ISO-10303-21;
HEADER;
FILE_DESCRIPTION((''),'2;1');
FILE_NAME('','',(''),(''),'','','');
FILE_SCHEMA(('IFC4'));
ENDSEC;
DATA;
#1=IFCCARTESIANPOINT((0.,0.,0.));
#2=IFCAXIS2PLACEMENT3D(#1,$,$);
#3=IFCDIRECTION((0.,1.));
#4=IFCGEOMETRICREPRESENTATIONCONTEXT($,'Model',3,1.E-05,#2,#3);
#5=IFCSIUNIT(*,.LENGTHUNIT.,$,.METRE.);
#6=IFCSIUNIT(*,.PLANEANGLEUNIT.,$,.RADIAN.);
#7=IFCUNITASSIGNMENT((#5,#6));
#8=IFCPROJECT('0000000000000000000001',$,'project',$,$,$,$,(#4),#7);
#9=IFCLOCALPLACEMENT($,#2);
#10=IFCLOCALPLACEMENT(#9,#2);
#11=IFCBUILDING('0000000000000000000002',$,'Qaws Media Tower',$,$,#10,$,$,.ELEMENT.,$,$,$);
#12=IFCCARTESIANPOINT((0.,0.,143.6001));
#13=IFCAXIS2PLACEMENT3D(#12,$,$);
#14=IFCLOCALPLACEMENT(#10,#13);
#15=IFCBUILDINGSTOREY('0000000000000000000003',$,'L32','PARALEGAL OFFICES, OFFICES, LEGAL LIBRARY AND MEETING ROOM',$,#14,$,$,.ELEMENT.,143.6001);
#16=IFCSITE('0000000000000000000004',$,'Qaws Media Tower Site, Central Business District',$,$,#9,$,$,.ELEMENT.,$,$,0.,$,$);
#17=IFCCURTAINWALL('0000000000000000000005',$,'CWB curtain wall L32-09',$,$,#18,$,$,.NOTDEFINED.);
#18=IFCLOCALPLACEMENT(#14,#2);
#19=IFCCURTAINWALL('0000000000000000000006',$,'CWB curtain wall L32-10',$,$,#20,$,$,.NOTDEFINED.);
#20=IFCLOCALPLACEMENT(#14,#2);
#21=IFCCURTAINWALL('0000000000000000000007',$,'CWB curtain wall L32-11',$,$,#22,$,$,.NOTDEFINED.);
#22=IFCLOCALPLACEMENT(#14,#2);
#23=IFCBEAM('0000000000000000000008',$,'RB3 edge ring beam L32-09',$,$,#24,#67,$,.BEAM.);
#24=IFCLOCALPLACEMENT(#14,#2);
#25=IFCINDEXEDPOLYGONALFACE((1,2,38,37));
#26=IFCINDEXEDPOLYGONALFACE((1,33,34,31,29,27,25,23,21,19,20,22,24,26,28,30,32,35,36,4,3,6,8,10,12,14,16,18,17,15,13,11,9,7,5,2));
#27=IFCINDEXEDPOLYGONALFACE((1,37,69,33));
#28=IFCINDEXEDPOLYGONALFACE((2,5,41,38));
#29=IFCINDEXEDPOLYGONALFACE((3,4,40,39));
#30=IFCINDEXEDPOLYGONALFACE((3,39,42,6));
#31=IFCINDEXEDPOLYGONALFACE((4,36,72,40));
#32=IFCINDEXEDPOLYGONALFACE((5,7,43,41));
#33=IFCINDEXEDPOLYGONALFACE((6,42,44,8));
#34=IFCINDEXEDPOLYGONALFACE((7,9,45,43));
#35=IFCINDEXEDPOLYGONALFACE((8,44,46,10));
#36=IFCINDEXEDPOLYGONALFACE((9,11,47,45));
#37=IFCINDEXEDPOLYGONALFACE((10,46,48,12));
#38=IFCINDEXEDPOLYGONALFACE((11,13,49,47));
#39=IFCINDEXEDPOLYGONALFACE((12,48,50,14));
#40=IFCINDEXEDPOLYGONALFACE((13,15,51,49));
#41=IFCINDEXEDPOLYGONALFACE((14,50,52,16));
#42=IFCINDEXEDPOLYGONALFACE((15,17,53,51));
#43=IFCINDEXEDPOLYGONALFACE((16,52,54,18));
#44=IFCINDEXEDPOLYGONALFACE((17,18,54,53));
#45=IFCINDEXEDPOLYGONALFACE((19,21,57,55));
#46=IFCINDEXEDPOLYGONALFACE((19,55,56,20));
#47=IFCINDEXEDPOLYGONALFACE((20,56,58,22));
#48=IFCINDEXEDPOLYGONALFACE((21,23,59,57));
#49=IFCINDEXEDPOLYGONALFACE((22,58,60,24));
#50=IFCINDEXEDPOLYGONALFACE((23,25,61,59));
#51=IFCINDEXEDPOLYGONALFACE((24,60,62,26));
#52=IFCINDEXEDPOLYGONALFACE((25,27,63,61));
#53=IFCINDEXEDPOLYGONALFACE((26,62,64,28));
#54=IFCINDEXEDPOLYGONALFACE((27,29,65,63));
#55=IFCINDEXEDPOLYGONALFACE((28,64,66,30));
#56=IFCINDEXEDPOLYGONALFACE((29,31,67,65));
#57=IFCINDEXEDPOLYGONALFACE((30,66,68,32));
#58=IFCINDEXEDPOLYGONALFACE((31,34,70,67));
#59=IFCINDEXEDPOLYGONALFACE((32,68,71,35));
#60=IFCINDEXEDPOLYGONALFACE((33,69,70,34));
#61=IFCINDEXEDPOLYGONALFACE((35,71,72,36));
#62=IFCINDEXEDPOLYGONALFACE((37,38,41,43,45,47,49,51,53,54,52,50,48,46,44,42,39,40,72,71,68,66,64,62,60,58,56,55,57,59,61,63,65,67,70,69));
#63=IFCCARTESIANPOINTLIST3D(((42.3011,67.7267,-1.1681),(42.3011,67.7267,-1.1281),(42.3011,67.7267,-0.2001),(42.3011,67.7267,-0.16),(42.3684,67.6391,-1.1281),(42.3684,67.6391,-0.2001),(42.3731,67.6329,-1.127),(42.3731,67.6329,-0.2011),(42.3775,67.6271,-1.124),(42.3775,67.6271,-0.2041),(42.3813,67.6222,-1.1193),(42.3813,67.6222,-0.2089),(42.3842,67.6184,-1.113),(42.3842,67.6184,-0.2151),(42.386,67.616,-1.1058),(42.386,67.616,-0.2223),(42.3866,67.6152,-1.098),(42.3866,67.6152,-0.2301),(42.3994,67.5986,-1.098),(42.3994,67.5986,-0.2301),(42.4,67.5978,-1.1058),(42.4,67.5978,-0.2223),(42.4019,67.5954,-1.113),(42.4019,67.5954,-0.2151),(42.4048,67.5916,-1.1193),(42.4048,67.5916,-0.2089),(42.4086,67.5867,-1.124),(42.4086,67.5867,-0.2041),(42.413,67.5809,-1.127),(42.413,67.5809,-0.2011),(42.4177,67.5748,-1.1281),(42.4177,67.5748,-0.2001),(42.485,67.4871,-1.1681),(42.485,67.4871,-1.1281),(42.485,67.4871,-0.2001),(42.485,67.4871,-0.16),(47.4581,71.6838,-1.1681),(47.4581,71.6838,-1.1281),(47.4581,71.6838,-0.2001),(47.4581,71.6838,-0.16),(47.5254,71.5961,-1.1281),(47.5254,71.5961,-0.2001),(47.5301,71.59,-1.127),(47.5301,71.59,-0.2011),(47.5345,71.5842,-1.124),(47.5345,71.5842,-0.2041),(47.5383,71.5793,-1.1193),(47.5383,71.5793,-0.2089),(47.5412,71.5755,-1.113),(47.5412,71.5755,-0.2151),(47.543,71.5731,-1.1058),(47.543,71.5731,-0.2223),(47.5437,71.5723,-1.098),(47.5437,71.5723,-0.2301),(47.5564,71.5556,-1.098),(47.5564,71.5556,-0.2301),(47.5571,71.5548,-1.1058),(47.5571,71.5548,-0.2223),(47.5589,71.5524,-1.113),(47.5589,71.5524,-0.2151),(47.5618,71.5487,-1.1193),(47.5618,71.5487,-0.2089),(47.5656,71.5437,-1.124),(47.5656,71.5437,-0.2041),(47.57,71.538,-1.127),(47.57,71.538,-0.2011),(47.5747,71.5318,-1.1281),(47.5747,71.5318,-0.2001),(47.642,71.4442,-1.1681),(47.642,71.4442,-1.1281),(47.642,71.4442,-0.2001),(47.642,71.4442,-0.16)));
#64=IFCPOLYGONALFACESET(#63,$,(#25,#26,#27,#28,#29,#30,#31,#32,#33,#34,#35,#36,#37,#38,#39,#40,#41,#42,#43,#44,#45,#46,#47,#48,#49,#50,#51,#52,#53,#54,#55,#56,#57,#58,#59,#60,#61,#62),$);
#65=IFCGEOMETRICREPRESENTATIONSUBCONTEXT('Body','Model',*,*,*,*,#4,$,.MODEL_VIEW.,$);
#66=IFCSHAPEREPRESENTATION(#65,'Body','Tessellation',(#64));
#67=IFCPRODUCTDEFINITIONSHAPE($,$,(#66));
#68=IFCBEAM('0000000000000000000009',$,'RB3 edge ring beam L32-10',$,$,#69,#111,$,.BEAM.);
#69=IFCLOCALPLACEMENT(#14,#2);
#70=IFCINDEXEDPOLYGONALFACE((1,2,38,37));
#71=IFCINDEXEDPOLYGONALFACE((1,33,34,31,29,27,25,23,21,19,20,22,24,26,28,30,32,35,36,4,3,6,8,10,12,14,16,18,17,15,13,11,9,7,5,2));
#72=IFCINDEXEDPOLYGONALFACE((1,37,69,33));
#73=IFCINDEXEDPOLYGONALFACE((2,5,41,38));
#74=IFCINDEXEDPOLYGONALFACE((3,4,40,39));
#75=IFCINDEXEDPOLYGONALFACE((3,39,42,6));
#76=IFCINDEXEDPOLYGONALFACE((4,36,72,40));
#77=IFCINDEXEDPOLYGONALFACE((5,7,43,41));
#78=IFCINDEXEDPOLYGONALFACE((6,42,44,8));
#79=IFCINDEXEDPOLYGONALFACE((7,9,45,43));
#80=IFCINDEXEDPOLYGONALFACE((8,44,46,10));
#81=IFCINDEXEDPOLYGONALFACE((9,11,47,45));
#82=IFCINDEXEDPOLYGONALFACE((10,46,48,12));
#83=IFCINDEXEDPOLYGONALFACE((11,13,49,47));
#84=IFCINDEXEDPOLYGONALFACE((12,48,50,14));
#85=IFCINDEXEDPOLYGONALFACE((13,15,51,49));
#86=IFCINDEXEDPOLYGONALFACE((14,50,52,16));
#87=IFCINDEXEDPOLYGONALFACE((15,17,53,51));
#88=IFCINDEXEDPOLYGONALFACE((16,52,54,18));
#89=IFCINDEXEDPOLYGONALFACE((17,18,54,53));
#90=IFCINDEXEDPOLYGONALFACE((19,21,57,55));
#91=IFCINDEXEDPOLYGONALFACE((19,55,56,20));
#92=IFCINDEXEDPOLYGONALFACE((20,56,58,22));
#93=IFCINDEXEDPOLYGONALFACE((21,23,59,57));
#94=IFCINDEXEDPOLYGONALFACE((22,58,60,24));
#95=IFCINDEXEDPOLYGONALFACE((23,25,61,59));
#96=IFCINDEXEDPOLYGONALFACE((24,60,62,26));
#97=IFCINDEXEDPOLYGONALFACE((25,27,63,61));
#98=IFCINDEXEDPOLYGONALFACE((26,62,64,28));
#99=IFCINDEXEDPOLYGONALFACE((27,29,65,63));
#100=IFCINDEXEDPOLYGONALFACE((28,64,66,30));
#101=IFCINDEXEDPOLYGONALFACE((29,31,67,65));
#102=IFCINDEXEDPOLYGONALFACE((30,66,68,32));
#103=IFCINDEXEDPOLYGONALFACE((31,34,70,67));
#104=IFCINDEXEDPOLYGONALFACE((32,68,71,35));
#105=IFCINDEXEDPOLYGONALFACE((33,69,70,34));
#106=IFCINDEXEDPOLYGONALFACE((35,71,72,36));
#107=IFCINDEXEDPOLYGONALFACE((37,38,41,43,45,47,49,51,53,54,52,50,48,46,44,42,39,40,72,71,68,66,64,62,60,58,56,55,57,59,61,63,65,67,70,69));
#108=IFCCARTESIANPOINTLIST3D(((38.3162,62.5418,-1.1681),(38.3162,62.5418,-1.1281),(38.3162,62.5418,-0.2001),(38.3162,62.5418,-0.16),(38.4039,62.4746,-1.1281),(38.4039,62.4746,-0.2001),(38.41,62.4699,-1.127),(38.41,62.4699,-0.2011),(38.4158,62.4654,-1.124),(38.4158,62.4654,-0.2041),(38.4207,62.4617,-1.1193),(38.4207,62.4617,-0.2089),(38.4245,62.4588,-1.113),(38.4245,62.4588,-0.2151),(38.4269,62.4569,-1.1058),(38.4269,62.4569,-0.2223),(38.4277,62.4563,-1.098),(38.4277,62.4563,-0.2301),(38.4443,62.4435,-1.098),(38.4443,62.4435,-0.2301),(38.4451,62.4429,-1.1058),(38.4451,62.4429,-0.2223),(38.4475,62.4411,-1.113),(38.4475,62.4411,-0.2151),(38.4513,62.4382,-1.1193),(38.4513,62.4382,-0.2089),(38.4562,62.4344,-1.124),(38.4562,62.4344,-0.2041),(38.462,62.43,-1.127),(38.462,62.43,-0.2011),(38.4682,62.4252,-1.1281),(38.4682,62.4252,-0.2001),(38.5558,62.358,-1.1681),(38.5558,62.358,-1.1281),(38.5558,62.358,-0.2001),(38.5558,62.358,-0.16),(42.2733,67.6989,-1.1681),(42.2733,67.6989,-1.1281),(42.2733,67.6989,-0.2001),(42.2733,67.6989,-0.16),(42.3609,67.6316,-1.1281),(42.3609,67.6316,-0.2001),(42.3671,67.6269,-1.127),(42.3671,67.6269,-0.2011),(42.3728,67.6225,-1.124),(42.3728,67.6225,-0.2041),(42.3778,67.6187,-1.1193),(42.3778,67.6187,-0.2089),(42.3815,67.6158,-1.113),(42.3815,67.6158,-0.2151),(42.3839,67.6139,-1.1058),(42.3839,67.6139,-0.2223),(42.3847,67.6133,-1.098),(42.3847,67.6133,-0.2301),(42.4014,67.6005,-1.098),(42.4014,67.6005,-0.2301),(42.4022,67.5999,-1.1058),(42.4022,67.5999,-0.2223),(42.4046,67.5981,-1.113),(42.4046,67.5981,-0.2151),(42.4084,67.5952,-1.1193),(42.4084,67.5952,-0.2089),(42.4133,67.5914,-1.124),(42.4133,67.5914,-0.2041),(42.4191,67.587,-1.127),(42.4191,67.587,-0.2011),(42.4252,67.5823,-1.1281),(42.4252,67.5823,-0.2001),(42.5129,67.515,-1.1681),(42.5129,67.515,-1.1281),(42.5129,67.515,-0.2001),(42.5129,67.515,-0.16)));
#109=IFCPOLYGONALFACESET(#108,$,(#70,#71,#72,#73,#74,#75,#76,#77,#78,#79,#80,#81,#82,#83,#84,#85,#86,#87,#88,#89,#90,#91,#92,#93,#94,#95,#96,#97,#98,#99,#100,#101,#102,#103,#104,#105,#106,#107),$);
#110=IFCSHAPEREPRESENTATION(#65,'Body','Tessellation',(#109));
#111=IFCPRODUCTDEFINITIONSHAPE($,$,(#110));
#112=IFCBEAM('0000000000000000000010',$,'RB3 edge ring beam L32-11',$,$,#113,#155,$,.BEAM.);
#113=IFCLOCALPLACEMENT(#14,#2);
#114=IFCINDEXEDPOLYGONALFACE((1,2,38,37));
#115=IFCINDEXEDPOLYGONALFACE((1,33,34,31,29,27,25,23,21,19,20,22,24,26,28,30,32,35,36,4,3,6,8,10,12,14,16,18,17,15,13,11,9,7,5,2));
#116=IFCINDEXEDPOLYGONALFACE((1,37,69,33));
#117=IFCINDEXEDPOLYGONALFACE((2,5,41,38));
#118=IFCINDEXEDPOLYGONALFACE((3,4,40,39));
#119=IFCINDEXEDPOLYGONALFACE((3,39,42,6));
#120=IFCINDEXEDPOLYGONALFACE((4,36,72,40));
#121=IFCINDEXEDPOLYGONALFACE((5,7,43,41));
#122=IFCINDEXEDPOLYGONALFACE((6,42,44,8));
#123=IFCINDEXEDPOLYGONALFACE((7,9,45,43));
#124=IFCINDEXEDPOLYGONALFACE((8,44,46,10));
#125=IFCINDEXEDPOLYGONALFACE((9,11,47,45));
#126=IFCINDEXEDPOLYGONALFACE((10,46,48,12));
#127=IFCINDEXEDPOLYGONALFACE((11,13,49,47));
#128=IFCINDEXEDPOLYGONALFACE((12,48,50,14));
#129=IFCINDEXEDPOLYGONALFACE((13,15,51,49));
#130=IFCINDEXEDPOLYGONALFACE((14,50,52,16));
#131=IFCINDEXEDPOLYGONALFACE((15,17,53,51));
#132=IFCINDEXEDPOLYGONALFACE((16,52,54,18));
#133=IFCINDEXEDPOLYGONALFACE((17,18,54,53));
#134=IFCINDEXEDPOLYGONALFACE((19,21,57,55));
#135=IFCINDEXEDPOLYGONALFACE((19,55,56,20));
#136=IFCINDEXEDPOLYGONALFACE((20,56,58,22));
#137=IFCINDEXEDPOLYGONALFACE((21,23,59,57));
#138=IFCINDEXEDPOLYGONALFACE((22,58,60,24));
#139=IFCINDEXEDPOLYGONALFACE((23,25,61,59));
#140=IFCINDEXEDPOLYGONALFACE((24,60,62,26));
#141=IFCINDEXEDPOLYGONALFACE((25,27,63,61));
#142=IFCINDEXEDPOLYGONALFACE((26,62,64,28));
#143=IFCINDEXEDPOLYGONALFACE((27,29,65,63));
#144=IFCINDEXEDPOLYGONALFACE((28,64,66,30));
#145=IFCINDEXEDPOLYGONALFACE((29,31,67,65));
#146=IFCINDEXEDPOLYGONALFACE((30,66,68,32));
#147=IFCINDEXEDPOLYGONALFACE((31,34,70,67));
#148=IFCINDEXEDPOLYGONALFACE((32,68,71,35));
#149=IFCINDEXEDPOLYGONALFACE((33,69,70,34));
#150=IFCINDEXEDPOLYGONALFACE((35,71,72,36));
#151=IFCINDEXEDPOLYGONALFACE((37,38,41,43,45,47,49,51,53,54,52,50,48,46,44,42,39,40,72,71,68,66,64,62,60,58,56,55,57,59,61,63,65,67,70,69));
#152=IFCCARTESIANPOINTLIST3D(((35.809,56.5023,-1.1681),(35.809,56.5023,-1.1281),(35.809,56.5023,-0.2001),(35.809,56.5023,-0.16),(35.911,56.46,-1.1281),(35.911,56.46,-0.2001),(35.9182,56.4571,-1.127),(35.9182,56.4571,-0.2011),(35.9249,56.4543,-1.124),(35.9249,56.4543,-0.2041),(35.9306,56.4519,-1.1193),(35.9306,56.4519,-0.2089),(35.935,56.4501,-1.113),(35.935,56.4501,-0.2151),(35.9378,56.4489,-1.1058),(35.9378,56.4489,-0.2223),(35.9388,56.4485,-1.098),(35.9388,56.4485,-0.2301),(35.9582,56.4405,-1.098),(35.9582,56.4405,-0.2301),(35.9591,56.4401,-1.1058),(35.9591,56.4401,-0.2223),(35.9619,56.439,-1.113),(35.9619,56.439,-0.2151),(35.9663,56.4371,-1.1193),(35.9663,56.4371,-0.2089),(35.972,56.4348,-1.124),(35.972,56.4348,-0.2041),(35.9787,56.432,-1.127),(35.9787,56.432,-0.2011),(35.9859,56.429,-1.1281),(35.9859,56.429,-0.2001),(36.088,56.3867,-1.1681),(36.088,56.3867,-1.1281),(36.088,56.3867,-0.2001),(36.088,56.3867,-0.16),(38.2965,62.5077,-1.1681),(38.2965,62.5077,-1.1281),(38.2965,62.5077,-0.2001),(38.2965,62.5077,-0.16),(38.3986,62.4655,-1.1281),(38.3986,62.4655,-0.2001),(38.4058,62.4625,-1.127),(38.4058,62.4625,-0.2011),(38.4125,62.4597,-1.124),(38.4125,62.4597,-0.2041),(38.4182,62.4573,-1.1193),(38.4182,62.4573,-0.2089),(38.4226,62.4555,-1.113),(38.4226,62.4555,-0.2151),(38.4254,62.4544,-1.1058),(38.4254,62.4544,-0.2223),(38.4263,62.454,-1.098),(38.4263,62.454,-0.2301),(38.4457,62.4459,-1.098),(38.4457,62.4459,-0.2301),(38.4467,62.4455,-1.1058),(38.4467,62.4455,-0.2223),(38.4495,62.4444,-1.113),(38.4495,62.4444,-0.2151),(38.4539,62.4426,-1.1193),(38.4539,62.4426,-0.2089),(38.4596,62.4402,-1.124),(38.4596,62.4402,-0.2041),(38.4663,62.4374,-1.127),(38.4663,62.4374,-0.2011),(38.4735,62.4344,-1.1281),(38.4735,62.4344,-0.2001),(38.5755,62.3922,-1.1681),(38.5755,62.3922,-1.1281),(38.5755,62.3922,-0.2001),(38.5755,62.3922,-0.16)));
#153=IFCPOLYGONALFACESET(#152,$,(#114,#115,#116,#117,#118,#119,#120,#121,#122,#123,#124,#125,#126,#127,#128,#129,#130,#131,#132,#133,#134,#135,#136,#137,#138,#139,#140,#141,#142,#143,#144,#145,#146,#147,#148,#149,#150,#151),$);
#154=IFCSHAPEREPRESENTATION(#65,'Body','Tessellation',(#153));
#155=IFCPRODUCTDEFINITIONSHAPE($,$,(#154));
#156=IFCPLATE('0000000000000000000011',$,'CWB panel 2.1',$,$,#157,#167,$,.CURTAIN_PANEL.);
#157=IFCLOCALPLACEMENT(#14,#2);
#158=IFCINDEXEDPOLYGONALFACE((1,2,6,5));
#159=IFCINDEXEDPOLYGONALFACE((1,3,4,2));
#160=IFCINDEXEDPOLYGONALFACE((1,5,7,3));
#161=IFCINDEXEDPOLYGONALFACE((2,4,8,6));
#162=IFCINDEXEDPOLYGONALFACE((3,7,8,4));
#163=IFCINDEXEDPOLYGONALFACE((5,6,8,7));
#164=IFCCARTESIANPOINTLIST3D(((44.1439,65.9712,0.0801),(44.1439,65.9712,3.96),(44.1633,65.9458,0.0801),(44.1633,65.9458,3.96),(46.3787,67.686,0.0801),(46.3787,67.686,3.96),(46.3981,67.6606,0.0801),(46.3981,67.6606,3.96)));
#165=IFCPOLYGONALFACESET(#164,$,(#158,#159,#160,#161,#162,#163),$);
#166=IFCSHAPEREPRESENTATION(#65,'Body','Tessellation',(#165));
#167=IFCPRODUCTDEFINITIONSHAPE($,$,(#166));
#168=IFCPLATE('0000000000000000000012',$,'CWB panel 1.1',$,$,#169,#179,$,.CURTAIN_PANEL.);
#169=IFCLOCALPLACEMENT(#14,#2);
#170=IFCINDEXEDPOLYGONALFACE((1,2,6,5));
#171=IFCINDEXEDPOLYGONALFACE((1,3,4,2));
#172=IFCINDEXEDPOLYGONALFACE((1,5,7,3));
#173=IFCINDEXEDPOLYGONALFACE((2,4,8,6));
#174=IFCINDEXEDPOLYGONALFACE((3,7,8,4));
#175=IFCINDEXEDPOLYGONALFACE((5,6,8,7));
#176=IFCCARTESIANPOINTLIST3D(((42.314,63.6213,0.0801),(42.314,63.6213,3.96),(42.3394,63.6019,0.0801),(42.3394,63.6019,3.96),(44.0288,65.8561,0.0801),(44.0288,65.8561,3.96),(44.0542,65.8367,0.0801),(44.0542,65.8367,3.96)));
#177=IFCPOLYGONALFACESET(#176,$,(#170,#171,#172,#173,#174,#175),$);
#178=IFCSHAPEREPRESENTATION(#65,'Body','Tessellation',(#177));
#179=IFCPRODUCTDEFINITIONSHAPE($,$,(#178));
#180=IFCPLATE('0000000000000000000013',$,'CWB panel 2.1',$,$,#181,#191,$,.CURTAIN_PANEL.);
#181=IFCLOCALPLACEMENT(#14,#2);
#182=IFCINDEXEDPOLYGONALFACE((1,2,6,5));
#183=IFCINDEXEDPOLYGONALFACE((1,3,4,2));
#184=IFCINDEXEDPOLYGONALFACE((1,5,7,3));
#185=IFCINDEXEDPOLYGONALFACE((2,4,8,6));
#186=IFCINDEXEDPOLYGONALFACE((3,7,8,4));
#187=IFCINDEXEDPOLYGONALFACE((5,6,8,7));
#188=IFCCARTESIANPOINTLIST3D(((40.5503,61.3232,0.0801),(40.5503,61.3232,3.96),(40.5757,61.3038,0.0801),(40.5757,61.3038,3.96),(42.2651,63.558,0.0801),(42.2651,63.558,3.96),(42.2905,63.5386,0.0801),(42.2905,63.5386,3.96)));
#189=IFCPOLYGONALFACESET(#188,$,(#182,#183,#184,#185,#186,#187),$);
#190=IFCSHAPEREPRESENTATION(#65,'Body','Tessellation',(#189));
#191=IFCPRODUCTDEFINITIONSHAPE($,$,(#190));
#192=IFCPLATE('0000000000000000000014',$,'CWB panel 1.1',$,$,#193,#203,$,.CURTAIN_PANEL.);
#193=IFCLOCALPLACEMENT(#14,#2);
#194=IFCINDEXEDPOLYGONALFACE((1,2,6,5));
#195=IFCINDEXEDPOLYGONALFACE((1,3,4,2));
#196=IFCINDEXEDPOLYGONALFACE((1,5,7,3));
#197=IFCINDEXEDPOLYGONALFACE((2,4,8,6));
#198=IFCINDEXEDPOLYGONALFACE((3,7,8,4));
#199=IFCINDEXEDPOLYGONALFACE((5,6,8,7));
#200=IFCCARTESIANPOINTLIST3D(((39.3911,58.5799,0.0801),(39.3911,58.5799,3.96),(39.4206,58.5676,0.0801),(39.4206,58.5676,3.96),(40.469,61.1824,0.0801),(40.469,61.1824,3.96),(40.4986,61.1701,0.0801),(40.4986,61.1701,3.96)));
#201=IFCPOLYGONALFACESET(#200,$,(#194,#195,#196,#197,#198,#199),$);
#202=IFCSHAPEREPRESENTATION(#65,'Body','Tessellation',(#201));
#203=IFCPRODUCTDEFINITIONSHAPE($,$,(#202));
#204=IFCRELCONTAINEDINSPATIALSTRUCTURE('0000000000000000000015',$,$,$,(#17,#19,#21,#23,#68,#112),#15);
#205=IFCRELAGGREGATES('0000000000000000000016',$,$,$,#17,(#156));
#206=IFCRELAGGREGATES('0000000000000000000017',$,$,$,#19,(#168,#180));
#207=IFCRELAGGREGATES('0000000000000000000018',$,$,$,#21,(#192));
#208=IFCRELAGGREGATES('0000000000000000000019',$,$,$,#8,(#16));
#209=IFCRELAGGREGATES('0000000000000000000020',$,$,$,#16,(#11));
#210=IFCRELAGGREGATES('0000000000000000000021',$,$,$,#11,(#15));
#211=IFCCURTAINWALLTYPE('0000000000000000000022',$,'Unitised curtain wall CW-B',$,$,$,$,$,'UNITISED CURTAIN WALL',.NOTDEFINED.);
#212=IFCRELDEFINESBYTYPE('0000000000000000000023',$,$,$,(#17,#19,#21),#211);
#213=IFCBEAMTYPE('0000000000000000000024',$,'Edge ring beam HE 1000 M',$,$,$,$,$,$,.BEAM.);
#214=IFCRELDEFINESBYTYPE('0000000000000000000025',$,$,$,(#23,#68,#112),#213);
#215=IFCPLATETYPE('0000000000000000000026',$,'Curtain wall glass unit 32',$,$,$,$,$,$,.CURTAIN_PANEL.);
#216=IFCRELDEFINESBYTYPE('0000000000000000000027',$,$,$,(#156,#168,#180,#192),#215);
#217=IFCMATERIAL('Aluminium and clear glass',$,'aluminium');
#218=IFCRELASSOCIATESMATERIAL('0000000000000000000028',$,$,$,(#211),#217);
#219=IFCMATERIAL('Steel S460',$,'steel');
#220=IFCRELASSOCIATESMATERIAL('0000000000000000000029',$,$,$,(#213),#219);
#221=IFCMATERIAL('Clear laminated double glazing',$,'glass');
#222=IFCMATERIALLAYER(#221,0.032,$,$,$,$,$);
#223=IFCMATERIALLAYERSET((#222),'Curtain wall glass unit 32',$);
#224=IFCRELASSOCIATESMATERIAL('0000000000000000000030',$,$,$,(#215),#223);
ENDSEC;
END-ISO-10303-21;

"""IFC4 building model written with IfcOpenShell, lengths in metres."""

from ifc_helpers import new_model, si_unit, direction, frame, origin, origin_2d, place, context, subcontext, project, spatial, rectangle, i_section, extrude, material, layer, layer_set, material_profile, profile_set, type_object, element, aggregate, save


model = new_model("IFC4")

# Units and contexts
model_context = context("Model", 3, precision=1e-05, world=origin(), true_north=direction((0.0, 1.0)))
body_context = subcontext(model_context, "Body", "Model", "MODEL_VIEW")
ifc_project = project(units=[si_unit("LENGTHUNIT", "METRE"), si_unit("PLANEANGLEUNIT", "RADIAN")], contexts=[model_context])

# Site, building, storey
site_placement = place(None, origin())
site = spatial("IfcSite", under=ifc_project, at=site_placement, Name="Qaws Media Tower Site, Central Business District", CompositionType="ELEMENT", RefElevation=0.0)
building_placement = place(site_placement, origin())
building = spatial("IfcBuilding", under=site, at=building_placement, Name="Qaws Media Tower", CompositionType="ELEMENT")
storey_placement = place(building_placement, frame((0.0, 0.0, 143.6001)))
storey = spatial("IfcBuildingStorey", under=building, at=storey_placement, Name="L32", Description="PARALEGAL OFFICES, OFFICES, LEGAL LIBRARY AND MEETING ROOM", CompositionType="ELEMENT", Elevation=143.6001)

# Curtain walls
ifc_material_1 = material(Name="Aluminium and clear glass", Category="aluminium")
curtain_wall_type = type_object("IfcCurtainWallType", Name="Unitised curtain wall CW-B", ElementType="UNITISED CURTAIN WALL", PredefinedType="NOTDEFINED", material=ifc_material_1)
curtain_wall_1_placement = place(storey_placement, origin())
curtain_wall_1 = element("IfcCurtainWall", 1, at=curtain_wall_1_placement, inside=storey, type_object=curtain_wall_type, Name="CWB curtain wall L32-09", PredefinedType="NOTDEFINED")
curtain_wall_2_placement = place(storey_placement, origin())
curtain_wall_2 = element("IfcCurtainWall", 2, at=curtain_wall_2_placement, inside=storey, type_object=curtain_wall_type, Name="CWB curtain wall L32-10", PredefinedType="NOTDEFINED")
curtain_wall_3_placement = place(storey_placement, origin())
curtain_wall_3 = element("IfcCurtainWall", 3, at=curtain_wall_3_placement, inside=storey, type_object=curtain_wall_type, Name="CWB curtain wall L32-11", PredefinedType="NOTDEFINED")

# Beams
ifc_material_2 = material(Name="Steel S460", Category="steel")
ifc_material_profile_1 = material_profile(ifc_material_2, i_section(OverallWidth=0.302, OverallDepth=1.0081, WebThickness=0.021, FlangeThickness=0.04, FilletRadius=0.03, at=origin_2d()), Name="HE 1000 M")
ifc_profile_set_1 = profile_set([ifc_material_profile_1], Name="Steel S460")
beam_type = type_object("IfcBeamType", Name="Edge ring beam HE 1000 M", PredefinedType="BEAM", material=ifc_profile_set_1)
for number, where, z_axis, x_axis, name in (
    (4, (47.55, 71.564, -0.6641), (-0.793358, -0.608756, 0.0), (0.608756, -0.793358, 0.0), "RB3 edge ring beam L32-09"),
    (5, (42.3931, 67.6069, -0.6641), (-0.608756, -0.793358, 0.0), (0.793358, -0.608756, 0.0), "RB3 edge ring beam L32-10"),
    (6, (38.436, 62.45, -0.6641), (-0.382689, -0.923877, 0.0), (0.923877, -0.382689, 0.0), "RB3 edge ring beam L32-11"),
):
    element("IfcBeam", number, at=place(storey_placement, frame(where, z_axis=z_axis, x_axis=x_axis)), inside=storey, type_object=beam_type, Name=name, PredefinedType="BEAM", context=body_context, shape_type="SweptSolid", body=[
        extrude(i_section(OverallWidth=0.302, OverallDepth=1.0081, WebThickness=0.021, FlangeThickness=0.04, FilletRadius=0.03, at=origin_2d()), origin(), (0.0, 0.0, 1.0), 6.5002),
    ])

# Plates
ifc_material_3 = material(Name="Clear laminated double glazing", Category="glass")
ifc_layer_1 = layer(ifc_material_3, 0.032)
ifc_layer_set_1 = layer_set([ifc_layer_1], Name="Curtain wall glass unit 32")
plate_type_1 = type_object("IfcPlateType", Name="Curtain wall glass unit 32", PredefinedType="CURTAIN_PANEL", material=ifc_layer_set_1)
plate_1_placement = place(storey_placement, frame((45.271, 66.8159, 0.0801), z_axis=(0.0, 0.0, 1.0), x_axis=(-0.793353, -0.608761, 0.0)))
plate_1 = element("IfcPlate", 7, at=plate_1_placement, type_object=plate_type_1, Name="CWB panel 2.1", PredefinedType="CURTAIN_PANEL", context=body_context, shape_type="SweptSolid", body=[
    extrude(rectangle(XDim=2.8169, YDim=0.032, at=origin_2d()), origin(), (0.0, 0.0, 1.0), 3.8799),
])
aggregate(curtain_wall_1, [plate_1])
plate_2_placement = place(storey_placement, frame((43.1841, 64.729, 0.0801), z_axis=(0.0, 0.0, 1.0), x_axis=(-0.608761, -0.793353, 0.0)))
plate_2 = element("IfcPlate", 8, at=plate_2_placement, type_object=plate_type_1, Name="CWB panel 1.1", PredefinedType="CURTAIN_PANEL", context=body_context, shape_type="SweptSolid", body=[
    extrude(rectangle(XDim=2.8169, YDim=0.032, at=origin_2d()), origin(), (0.0, 0.0, 1.0), 3.8799),
])
plate_3_placement = place(storey_placement, frame((41.4204, 62.4309, 0.0801), z_axis=(0.0, 0.0, 1.0), x_axis=(-0.608761, -0.793353, 0.0)))
plate_3 = element("IfcPlate", 9, at=plate_3_placement, type_object=plate_type_1, Name="CWB panel 2.1", PredefinedType="CURTAIN_PANEL", context=body_context, shape_type="SweptSolid", body=[
    extrude(rectangle(XDim=2.8169, YDim=0.032, at=origin_2d()), origin(), (0.0, 0.0, 1.0), 3.8799),
])
aggregate(curtain_wall_2, [plate_2, plate_3])
plate_4_placement = place(storey_placement, frame((39.9448, 59.875, 0.0801), z_axis=(0.0, 0.0, 1.0), x_axis=(-0.382683, -0.92388, 0.0)))
plate_4 = element("IfcPlate", 10, at=plate_4_placement, type_object=plate_type_1, Name="CWB panel 1.1", PredefinedType="CURTAIN_PANEL", context=body_context, shape_type="SweptSolid", body=[
    extrude(rectangle(XDim=2.8169, YDim=0.032, at=origin_2d()), origin(), (0.0, 0.0, 1.0), 3.8799),
])
aggregate(curtain_wall_3, [plate_4])

save(model, "model.ifc")
